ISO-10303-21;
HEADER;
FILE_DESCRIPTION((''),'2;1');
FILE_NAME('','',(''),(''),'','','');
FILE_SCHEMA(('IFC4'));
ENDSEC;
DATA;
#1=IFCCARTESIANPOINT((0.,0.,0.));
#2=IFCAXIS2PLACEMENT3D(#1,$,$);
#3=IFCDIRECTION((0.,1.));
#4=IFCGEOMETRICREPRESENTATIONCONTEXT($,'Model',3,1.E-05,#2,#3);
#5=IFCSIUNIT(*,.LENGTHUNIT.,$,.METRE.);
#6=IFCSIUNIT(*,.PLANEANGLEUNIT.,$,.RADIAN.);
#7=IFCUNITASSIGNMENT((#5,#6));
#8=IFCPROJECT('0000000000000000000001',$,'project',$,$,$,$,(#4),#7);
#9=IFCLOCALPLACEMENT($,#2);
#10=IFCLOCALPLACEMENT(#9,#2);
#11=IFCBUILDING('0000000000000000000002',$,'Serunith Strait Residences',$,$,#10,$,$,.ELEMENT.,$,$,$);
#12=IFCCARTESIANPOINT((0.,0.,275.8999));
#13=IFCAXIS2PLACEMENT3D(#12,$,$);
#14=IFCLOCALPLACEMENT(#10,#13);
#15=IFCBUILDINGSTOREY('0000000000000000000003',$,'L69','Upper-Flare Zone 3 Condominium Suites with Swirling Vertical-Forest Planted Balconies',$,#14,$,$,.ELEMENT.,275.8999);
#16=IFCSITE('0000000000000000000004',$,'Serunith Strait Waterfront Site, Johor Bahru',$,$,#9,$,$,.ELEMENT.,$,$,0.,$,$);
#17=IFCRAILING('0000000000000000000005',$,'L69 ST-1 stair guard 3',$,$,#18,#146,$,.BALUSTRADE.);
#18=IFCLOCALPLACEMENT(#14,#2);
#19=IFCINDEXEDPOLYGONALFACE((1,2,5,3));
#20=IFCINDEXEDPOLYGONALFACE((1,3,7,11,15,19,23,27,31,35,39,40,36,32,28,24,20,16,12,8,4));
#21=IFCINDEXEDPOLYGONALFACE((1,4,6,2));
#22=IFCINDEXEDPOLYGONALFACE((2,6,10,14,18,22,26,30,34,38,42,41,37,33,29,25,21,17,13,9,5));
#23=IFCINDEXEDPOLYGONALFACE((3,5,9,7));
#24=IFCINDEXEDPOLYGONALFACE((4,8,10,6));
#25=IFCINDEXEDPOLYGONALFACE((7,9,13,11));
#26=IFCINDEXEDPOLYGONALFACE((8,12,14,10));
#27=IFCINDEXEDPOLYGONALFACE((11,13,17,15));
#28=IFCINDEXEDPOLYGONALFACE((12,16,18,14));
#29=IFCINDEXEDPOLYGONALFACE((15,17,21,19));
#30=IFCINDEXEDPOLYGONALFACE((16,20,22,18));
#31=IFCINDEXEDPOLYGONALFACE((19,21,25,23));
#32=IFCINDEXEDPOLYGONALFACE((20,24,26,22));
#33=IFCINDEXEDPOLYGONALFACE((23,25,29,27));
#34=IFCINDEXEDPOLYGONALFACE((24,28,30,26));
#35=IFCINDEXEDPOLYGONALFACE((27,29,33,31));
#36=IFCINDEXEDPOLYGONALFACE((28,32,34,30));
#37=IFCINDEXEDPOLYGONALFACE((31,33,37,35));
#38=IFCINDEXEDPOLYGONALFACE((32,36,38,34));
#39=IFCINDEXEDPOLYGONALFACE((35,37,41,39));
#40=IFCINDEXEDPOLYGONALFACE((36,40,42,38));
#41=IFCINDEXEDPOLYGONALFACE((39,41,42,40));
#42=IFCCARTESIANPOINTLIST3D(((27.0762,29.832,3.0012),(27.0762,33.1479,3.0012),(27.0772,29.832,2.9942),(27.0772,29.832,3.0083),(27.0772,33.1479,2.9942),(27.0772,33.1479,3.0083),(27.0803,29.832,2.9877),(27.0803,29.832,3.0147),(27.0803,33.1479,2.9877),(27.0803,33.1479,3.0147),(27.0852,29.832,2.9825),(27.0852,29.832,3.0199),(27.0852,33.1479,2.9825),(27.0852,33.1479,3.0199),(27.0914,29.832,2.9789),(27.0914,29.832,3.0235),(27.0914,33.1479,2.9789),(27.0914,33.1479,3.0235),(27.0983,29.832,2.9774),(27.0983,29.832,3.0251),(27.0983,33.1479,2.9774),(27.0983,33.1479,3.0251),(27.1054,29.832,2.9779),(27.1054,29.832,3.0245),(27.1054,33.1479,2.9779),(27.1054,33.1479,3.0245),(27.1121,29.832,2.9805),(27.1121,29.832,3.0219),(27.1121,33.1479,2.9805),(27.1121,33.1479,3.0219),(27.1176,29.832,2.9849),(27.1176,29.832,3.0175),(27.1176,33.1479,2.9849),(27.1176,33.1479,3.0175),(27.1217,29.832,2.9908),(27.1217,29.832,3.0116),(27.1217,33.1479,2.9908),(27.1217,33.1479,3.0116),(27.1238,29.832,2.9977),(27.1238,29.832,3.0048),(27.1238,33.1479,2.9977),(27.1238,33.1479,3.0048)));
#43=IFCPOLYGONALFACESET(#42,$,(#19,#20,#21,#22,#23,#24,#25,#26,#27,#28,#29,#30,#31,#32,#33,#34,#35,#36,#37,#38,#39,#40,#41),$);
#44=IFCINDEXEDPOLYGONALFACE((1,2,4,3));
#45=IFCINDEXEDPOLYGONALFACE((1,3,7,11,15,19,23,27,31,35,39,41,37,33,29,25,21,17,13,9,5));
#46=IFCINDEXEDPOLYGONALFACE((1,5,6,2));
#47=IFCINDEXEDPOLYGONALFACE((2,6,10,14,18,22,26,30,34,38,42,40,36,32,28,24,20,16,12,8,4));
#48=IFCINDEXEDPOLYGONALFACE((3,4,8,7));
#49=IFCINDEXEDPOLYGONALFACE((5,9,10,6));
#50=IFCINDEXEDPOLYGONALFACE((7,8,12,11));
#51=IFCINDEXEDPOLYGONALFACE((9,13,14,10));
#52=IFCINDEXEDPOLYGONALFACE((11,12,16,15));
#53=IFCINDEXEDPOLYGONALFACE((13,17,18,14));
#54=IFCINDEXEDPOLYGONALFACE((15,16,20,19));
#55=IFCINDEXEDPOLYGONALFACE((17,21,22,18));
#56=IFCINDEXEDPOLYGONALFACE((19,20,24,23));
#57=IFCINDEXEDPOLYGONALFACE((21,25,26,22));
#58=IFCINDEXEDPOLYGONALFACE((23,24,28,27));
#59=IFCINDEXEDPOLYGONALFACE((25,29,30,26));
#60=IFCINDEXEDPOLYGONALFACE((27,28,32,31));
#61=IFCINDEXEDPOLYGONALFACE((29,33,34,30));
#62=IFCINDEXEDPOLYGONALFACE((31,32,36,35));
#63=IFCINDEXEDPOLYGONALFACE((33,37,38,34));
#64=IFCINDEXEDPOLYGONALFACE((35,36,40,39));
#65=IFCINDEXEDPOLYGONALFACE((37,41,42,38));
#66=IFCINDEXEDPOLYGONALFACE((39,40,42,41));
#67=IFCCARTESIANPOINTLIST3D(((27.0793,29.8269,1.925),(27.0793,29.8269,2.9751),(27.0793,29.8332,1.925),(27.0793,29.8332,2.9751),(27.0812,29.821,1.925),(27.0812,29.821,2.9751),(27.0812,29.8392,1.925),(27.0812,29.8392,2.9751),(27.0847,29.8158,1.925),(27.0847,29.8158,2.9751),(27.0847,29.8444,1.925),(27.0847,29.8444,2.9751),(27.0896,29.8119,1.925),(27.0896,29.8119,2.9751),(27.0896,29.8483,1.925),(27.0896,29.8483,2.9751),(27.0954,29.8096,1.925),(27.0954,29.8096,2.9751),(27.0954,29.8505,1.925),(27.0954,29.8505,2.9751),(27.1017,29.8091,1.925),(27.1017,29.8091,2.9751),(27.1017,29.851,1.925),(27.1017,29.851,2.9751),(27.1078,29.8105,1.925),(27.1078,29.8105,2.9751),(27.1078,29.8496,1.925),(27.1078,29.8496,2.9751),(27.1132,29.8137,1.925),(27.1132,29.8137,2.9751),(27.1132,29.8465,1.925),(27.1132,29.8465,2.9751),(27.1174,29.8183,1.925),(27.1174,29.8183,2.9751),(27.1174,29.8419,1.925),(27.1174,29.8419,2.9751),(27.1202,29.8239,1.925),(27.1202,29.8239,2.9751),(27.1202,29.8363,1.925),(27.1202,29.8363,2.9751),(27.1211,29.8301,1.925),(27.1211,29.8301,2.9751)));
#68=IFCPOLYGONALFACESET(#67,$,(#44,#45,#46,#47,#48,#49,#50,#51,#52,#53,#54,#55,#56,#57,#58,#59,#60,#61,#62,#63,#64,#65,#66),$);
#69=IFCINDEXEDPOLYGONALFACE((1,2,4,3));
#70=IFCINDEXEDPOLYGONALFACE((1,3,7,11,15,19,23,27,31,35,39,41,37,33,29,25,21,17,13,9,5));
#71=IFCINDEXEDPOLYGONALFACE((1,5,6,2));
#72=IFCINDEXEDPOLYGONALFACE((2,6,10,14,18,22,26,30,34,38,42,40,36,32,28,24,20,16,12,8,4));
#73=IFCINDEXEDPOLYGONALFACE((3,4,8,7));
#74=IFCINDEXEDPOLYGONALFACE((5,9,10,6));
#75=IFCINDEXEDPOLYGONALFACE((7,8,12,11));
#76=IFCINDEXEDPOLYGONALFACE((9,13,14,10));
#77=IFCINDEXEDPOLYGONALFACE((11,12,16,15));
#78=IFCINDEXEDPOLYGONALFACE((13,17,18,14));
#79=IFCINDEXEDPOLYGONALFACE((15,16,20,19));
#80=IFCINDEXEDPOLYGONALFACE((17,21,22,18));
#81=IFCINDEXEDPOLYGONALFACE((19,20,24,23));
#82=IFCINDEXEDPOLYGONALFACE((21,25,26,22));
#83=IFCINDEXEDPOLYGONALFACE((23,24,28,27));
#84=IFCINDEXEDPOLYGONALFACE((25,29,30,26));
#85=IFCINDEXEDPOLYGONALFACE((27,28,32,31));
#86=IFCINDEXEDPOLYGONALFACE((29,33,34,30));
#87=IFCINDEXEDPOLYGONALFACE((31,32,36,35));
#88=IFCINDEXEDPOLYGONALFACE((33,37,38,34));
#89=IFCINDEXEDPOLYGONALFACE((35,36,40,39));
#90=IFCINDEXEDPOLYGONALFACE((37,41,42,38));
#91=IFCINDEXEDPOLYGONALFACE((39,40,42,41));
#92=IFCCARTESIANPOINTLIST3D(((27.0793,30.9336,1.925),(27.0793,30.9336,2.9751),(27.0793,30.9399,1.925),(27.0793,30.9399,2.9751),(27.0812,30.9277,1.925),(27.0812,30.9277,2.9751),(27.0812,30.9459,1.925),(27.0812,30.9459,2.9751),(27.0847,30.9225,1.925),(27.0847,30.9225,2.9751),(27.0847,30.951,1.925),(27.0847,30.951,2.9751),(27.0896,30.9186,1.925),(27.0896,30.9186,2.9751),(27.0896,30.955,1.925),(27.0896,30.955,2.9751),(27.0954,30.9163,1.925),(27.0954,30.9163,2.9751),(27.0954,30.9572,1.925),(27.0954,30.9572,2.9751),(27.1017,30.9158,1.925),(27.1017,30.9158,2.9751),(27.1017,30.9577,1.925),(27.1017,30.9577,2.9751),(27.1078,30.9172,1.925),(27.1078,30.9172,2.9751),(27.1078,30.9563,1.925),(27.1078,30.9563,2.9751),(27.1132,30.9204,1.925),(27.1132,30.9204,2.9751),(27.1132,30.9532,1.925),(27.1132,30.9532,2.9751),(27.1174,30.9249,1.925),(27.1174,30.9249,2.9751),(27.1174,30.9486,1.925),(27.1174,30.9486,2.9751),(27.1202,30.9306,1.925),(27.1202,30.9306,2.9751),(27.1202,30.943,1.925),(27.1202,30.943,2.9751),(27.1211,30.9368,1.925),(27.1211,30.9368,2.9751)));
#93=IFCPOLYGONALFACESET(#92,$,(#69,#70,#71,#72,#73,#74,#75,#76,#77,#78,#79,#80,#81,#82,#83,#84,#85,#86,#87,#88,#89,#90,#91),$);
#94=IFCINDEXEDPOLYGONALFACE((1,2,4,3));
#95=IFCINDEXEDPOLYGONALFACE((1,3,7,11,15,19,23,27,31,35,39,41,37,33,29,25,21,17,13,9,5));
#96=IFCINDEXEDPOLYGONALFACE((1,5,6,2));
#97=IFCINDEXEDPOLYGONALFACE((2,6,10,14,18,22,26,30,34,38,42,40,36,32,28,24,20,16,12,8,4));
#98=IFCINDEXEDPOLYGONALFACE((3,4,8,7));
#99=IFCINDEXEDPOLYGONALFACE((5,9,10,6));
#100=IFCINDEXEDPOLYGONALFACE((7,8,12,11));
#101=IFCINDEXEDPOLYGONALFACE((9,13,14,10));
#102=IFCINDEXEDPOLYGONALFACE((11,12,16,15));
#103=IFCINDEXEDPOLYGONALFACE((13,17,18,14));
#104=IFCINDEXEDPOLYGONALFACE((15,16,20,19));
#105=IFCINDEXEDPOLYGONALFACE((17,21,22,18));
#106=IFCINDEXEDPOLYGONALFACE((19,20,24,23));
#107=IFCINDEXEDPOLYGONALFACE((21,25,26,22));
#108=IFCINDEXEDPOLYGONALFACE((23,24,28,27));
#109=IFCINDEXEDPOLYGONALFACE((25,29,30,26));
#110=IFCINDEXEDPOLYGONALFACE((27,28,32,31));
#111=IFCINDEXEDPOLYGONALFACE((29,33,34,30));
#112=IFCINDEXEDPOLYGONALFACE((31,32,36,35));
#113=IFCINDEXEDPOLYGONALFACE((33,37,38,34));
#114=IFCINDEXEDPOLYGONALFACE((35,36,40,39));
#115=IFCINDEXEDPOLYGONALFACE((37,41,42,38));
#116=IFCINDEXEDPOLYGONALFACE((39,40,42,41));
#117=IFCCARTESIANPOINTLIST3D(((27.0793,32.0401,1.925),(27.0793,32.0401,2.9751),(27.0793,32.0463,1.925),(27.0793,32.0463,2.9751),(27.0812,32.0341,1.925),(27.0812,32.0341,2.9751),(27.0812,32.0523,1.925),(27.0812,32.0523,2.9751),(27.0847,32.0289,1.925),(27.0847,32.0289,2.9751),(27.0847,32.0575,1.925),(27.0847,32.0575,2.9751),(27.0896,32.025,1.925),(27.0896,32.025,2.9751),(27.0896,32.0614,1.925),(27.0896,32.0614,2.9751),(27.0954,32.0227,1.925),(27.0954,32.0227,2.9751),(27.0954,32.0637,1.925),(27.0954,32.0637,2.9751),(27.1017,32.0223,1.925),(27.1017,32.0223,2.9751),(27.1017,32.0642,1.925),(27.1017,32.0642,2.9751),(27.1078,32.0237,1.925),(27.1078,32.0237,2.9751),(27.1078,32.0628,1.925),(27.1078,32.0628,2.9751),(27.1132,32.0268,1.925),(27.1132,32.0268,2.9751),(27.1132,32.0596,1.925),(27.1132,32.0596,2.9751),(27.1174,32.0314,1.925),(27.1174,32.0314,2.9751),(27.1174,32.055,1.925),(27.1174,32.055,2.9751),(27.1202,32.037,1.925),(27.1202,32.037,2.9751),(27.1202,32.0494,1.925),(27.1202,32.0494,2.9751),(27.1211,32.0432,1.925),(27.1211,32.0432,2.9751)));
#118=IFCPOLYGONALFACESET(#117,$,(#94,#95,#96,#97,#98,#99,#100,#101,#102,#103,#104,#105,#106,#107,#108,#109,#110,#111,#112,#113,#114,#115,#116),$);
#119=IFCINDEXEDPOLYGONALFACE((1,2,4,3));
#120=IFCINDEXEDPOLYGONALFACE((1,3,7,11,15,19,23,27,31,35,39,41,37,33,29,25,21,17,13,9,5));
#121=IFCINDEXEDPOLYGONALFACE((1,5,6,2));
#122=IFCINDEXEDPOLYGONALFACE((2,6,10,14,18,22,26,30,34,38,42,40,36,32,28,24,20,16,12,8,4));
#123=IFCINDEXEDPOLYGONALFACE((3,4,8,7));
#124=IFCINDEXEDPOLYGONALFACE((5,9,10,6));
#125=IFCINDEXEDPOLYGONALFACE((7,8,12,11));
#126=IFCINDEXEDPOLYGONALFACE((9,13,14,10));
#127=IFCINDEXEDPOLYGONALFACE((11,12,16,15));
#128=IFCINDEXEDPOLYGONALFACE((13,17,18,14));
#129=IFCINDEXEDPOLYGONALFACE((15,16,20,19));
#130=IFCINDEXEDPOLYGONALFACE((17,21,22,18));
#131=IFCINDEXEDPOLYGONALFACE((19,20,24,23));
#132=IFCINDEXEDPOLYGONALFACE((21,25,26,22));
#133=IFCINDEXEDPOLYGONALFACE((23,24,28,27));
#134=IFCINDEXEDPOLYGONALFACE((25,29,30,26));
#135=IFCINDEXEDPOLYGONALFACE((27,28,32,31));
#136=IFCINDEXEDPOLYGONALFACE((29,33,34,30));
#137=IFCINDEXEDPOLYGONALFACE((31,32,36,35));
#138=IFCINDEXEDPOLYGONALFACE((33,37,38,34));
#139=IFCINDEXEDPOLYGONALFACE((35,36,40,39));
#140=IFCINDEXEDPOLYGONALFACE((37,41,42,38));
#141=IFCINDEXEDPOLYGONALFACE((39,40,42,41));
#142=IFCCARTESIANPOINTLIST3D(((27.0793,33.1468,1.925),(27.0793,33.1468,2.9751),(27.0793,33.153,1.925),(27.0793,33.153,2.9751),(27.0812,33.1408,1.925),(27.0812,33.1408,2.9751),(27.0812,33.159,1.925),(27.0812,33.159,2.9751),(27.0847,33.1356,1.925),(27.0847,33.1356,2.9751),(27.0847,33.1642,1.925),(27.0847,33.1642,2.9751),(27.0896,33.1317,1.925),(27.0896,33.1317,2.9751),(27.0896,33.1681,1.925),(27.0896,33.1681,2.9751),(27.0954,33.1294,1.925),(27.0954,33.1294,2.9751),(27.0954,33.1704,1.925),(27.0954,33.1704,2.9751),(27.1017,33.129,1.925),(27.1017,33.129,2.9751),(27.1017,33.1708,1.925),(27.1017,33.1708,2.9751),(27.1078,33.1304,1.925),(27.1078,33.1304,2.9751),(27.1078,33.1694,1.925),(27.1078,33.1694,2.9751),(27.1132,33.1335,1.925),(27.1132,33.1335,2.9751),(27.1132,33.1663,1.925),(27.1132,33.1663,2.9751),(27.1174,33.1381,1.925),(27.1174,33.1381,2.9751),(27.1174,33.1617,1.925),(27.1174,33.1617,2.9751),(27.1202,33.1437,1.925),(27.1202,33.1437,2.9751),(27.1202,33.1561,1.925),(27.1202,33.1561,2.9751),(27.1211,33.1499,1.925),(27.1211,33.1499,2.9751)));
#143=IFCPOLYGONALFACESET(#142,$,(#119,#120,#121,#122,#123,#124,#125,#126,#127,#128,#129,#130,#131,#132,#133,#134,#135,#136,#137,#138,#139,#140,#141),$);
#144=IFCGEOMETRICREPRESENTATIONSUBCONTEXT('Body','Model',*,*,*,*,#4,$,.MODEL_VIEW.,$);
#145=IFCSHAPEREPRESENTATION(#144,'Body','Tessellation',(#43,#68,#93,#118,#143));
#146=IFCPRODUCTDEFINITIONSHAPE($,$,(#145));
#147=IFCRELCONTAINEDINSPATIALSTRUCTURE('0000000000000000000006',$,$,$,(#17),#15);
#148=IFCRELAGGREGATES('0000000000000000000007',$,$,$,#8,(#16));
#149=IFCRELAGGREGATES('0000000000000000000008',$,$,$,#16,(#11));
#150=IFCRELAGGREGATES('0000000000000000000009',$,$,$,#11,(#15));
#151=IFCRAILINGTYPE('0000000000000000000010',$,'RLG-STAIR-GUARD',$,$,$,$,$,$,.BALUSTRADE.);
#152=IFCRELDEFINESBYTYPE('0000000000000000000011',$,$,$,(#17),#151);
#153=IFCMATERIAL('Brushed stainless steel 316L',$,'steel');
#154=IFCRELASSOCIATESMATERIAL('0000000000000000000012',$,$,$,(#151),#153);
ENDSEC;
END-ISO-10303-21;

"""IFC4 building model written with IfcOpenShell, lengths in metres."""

from ifc_helpers import new_model, si_unit, direction, frame, origin, origin_2d, place, context, subcontext, project, spatial, circle, extrude, material, type_object, element, save


model = new_model("IFC4")

# Units and contexts
model_context = context("Model", 3, precision=1e-05, world=origin(), true_north=direction((0.0, 1.0)))
body_context = subcontext(model_context, "Body", "Model", "MODEL_VIEW")
ifc_project = project(units=[si_unit("LENGTHUNIT", "METRE"), si_unit("PLANEANGLEUNIT", "RADIAN")], contexts=[model_context])

# Site, building, storey
site_placement = place(None, origin())
site = spatial("IfcSite", under=ifc_project, at=site_placement, Name="Serunith Strait Waterfront Site, Johor Bahru", CompositionType="ELEMENT", RefElevation=0.0)
building_placement = place(site_placement, origin())
building = spatial("IfcBuilding", under=site, at=building_placement, Name="Serunith Strait Residences", CompositionType="ELEMENT")
storey_placement = place(building_placement, frame((0.0, 0.0, 275.8999)))
storey = spatial("IfcBuildingStorey", under=building, at=storey_placement, Name="L69", Description="Upper-Flare Zone 3 Condominium Suites with Swirling Vertical-Forest Planted Balconies", CompositionType="ELEMENT", Elevation=275.8999)

# Railing
ifc_material_1 = material(Name="Brushed stainless steel 316L", Category="steel")
railing_type_1 = type_object("IfcRailingType", Name="RLG-STAIR-GUARD", PredefinedType="BALUSTRADE", material=ifc_material_1)
for number, where, name in (
    (1, (27.1001, 29.8301, 1.925), "L69 ST-1 stair guard 3"),
):
    element("IfcRailing", number, at=place(storey_placement, frame(where)), inside=storey, type_object=railing_type_1, Name=name, PredefinedType="BALUSTRADE", context=body_context, shape_type="SweptSolid", body=[
        extrude(circle(Radius=0.0239, at=origin_2d()), frame((0.0, 0.002, 1.0762), z_axis=(0.0, 1.0, 0.0), x_axis=(-1.0, 0.0, 0.0)), (0.0, 0.0, 1.0), 3.3159),
        extrude(circle(Radius=0.021, at=origin_2d()), origin(), (0.0, 0.0, 1.0), 1.05),
        extrude(circle(Radius=0.021, at=origin_2d()), frame((0.0, 1.1067, 0.0)), (0.0, 0.0, 1.0), 1.05),
        extrude(circle(Radius=0.021, at=origin_2d()), frame((0.0, 2.2131, 0.0)), (0.0, 0.0, 1.0), 1.05),
        extrude(circle(Radius=0.021, at=origin_2d()), frame((0.0, 3.3198, 0.0)), (0.0, 0.0, 1.0), 1.05),
    ])

save(model, "model.ifc")
